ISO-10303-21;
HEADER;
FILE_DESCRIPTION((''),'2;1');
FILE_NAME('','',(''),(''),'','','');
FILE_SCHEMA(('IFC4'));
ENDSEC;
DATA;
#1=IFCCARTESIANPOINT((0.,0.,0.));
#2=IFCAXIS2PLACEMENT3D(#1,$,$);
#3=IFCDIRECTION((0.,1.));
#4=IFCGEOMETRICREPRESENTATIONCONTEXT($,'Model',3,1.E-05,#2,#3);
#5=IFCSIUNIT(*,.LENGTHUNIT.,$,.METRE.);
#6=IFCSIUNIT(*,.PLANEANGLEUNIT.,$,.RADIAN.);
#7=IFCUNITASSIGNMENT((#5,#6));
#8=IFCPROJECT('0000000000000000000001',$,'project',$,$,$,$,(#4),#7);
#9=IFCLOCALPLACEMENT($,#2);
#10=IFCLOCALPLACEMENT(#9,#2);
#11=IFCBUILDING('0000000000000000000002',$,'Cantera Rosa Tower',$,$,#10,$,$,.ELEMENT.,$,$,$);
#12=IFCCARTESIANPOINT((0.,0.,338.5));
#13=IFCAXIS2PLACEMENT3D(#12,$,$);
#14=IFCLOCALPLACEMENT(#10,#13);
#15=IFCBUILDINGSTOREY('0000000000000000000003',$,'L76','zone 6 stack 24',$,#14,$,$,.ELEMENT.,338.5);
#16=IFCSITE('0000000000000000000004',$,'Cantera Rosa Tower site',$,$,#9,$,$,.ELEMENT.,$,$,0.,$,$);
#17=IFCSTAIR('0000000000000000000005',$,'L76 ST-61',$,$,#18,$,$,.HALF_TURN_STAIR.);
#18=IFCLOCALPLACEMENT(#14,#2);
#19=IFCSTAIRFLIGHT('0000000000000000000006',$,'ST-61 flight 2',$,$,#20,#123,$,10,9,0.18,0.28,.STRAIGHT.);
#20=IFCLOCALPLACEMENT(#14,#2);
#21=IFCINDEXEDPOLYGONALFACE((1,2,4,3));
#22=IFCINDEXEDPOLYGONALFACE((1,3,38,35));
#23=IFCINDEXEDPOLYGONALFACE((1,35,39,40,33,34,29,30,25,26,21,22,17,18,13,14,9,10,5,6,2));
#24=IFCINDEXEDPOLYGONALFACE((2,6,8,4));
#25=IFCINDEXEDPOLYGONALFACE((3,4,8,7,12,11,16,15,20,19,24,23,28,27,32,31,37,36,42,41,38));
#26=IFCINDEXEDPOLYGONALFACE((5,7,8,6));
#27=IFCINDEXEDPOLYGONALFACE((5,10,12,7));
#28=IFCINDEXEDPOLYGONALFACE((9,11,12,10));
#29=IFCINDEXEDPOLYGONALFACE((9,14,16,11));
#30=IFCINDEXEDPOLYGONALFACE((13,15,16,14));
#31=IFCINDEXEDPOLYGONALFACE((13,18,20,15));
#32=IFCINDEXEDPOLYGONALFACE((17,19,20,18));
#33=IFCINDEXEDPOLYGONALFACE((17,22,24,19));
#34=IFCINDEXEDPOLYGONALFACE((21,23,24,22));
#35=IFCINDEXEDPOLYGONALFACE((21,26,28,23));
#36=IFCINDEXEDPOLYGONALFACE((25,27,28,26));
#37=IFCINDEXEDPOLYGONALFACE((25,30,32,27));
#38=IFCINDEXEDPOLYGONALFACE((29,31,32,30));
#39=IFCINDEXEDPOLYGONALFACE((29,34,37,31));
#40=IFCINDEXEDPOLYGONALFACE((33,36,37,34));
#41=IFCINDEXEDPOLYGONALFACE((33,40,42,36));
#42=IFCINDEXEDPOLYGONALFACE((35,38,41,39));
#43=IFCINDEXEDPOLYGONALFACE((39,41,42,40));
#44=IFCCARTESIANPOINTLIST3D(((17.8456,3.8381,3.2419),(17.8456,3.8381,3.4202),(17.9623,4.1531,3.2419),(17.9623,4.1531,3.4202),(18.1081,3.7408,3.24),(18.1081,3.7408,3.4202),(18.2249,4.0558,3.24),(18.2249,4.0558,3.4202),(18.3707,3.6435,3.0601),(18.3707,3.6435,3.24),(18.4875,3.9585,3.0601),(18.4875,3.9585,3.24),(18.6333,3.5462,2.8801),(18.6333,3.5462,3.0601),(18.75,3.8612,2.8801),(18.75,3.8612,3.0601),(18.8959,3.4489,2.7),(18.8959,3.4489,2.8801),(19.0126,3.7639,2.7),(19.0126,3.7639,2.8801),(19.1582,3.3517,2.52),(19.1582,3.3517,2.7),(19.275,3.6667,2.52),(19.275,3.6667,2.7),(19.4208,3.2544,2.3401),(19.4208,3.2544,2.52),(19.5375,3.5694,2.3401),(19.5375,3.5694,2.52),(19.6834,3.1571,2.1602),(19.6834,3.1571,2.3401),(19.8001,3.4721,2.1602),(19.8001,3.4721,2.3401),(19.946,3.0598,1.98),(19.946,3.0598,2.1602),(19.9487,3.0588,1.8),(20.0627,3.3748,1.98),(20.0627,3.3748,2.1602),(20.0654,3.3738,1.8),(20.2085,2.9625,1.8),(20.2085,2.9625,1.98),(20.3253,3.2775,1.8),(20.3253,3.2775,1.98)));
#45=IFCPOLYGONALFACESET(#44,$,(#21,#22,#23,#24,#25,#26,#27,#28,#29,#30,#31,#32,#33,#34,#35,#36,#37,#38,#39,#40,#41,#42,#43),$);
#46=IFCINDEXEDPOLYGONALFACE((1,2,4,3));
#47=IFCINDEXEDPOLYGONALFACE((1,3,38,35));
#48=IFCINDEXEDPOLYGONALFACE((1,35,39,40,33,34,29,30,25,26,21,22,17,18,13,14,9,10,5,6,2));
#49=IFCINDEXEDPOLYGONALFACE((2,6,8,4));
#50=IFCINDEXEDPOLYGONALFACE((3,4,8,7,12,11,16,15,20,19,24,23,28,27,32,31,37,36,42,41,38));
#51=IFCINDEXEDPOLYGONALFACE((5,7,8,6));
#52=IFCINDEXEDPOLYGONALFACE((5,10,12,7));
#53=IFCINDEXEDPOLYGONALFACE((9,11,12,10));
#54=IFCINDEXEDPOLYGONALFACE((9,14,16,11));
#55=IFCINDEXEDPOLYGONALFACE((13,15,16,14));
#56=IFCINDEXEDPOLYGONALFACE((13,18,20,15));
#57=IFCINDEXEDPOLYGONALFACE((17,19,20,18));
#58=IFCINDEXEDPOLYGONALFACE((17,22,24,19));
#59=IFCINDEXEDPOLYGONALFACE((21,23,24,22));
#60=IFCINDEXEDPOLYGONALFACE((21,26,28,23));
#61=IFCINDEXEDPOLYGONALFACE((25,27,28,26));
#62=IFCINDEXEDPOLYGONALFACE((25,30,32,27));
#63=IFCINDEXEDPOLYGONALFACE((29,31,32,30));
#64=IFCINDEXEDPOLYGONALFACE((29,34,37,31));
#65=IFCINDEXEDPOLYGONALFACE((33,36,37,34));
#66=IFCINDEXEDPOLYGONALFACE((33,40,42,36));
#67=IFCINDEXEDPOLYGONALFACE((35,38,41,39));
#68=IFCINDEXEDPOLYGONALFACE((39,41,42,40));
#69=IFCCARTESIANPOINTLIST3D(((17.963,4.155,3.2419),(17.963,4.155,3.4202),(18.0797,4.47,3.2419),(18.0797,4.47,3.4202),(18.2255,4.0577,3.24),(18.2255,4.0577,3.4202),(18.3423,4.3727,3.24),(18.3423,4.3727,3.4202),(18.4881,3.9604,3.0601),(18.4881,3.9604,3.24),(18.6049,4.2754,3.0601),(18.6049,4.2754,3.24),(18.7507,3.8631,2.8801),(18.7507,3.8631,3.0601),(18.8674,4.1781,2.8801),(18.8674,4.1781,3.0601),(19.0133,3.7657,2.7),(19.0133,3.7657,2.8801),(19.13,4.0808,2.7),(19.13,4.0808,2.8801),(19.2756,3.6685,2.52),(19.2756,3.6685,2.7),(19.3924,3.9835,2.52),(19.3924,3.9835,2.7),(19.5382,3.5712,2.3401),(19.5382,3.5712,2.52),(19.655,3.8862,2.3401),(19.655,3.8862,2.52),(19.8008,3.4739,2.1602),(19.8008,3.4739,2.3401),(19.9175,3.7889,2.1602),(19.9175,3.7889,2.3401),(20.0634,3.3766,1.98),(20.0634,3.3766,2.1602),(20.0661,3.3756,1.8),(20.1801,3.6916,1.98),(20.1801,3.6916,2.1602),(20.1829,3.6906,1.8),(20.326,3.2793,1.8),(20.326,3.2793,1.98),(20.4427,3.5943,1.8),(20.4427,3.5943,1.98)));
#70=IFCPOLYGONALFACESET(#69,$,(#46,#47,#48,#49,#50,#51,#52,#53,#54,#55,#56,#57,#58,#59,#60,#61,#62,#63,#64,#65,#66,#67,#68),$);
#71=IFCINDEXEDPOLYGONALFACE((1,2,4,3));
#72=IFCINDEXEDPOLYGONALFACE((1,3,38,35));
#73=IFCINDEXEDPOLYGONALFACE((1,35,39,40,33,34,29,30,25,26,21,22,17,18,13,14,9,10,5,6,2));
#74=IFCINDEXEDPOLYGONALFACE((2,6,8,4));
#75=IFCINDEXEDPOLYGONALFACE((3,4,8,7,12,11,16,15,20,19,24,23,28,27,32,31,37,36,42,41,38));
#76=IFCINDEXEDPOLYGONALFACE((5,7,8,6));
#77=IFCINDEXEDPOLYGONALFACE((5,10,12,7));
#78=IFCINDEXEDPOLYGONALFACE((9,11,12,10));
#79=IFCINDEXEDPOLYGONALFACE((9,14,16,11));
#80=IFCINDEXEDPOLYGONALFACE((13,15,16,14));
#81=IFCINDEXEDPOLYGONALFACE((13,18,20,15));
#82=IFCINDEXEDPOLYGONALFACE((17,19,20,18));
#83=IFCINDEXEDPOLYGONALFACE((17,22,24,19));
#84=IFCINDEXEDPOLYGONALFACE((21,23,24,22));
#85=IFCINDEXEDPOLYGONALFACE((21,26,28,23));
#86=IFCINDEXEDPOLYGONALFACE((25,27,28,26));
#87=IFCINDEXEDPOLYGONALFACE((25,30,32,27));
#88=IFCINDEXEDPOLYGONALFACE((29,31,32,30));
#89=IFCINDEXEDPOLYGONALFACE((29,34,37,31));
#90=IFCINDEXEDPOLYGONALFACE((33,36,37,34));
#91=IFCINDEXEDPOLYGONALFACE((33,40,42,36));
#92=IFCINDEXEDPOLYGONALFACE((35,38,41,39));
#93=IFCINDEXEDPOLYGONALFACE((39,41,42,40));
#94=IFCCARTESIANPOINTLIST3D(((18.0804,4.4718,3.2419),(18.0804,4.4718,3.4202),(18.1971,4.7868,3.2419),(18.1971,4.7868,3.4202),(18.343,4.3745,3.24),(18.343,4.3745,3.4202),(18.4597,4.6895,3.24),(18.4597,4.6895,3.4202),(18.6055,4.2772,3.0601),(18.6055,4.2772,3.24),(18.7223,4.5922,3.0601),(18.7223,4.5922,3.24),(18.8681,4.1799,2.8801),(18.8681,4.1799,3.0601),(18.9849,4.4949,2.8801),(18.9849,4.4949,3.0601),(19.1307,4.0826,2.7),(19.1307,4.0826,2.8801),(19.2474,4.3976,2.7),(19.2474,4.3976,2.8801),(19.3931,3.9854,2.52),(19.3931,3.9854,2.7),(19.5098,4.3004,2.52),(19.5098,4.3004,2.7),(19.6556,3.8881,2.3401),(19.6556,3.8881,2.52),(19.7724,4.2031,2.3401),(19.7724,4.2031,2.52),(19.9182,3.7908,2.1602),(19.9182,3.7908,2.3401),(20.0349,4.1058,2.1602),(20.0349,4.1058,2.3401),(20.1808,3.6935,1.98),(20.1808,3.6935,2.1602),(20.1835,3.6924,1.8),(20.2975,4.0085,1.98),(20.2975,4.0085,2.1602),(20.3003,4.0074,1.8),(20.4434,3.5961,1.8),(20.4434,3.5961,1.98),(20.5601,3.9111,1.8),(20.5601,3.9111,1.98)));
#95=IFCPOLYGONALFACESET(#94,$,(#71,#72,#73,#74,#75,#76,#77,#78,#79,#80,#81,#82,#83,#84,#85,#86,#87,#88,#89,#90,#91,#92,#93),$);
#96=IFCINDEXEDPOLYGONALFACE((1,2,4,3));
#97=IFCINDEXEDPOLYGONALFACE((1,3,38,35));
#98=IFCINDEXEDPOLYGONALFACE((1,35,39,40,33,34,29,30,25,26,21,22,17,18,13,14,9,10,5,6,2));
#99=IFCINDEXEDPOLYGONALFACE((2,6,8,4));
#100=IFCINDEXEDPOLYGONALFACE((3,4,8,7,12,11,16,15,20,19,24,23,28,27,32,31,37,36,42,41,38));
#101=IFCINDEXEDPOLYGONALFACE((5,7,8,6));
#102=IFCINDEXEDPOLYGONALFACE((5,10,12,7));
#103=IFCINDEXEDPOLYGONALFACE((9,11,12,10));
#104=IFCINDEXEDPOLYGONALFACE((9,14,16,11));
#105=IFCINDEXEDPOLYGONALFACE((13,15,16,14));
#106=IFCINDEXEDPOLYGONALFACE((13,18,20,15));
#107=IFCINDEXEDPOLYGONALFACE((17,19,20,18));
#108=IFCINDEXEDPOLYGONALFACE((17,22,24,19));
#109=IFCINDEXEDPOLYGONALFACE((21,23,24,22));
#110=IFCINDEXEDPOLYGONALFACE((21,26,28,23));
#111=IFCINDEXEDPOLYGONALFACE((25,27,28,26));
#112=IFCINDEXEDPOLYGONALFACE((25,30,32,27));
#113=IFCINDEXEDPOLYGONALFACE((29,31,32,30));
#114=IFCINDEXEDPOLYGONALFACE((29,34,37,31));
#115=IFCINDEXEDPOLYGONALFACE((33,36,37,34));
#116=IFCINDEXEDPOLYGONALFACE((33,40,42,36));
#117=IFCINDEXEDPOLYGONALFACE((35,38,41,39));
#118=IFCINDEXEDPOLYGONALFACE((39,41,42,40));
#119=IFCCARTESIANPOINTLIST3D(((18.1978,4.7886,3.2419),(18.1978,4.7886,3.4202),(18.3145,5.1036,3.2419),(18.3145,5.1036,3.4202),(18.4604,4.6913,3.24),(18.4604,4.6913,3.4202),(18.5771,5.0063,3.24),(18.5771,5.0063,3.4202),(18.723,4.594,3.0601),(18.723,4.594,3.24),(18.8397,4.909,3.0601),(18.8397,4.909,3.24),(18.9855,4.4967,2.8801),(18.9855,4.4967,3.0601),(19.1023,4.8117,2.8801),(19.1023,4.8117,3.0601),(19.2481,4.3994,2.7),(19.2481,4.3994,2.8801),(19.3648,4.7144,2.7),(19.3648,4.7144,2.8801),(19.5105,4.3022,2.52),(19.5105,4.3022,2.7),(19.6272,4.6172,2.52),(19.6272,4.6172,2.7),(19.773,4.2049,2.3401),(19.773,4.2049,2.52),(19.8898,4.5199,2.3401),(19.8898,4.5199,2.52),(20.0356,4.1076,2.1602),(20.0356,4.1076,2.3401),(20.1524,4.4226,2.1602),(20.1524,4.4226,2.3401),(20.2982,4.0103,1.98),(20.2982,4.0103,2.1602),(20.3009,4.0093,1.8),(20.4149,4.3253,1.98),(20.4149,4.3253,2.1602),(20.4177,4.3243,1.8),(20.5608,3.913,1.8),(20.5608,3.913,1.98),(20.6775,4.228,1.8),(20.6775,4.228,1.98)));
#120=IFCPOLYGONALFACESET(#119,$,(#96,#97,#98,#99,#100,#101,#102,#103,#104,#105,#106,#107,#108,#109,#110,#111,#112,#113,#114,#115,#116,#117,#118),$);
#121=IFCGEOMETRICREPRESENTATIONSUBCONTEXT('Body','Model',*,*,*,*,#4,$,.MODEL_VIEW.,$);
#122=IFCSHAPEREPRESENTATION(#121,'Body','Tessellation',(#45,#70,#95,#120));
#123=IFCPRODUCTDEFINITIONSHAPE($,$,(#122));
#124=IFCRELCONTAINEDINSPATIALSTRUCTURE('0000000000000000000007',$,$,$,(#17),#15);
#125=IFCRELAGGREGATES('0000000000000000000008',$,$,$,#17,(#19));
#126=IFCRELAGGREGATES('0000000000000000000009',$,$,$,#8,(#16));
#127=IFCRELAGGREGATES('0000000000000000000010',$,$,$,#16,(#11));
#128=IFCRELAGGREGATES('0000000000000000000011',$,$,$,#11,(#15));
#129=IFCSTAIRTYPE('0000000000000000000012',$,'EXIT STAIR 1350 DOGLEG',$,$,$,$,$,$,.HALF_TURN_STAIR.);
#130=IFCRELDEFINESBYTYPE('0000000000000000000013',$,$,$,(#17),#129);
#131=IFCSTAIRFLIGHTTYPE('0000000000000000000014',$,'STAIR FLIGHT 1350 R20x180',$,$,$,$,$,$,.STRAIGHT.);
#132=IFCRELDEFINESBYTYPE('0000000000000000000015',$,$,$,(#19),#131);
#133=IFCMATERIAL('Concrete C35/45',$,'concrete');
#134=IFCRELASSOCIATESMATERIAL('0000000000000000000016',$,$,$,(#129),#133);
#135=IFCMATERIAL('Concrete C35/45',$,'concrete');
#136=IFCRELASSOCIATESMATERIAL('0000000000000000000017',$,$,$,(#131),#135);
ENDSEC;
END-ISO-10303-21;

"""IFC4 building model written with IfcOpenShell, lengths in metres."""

from ifc_helpers import new_model, si_unit, direction, frame, origin, place, context, subcontext, project, spatial, polyline, outline, extrude, material, type_object, element, aggregate, save


model = new_model("IFC4")

# Units and contexts
model_context = context("Model", 3, precision=1e-05, world=origin(), true_north=direction((0.0, 1.0)))
body_context = subcontext(model_context, "Body", "Model", "MODEL_VIEW")
ifc_project = project(units=[si_unit("LENGTHUNIT", "METRE"), si_unit("PLANEANGLEUNIT", "RADIAN")], contexts=[model_context])

# Site, building, storey
site_placement = place(None, origin())
site = spatial("IfcSite", under=ifc_project, at=site_placement, Name="Cantera Rosa Tower site", CompositionType="ELEMENT", RefElevation=0.0)
building_placement = place(site_placement, origin())
building = spatial("IfcBuilding", under=site, at=building_placement, Name="Cantera Rosa Tower", CompositionType="ELEMENT")
storey_placement = place(building_placement, frame((0.0, 0.0, 338.5)))
storey = spatial("IfcBuildingStorey", under=building, at=storey_placement, Name="L76", Description="zone 6 stack 24", CompositionType="ELEMENT", Elevation=338.5)

# Stair, stair flight
ifc_material_1 = material(Name="Concrete C35/45", Category="concrete")
stair_type = type_object("IfcStairType", Name="EXIT STAIR 1350 DOGLEG", PredefinedType="HALF_TURN_STAIR", material=ifc_material_1)
stair_placement = place(storey_placement, origin())
stair = element("IfcStair", 1, at=stair_placement, inside=storey, type_object=stair_type, Name="L76 ST-61", PredefinedType="HALF_TURN_STAIR")
ifc_material_2 = material(Name="Concrete C35/45", Category="concrete")
stair_flight_type = type_object("IfcStairFlightType", Name="STAIR FLIGHT 1350 R20x180", PredefinedType="STRAIGHT", material=ifc_material_2)
stair_flight_1_placement = place(storey_placement, frame((20.4431, 3.5955, 1.8), z_axis=(0.0, 0.0, 1.0), x_axis=(-0.937687, 0.347481, 0.0)))
stair_flight_1 = element("IfcStairFlight", 2, at=stair_flight_1_placement, type_object=stair_flight_type, Name="ST-61 flight 2", NumberOfRisers=10, NumberOfTreads=9, PredefinedType="STRAIGHT", RiserHeight=0.18, TreadLength=0.28, context=body_context, shape_type="SweptSolid", body=[
    extrude(outline(polyline([(0.0, 0.0), (0.0, 0.1799), (0.28, 0.1799), (0.28, 0.3601), (0.5601, 0.3601), (0.5601, 0.54), (0.8401, 0.54), (0.8401, 0.72), (1.1201, 0.72), (1.1201, 0.8999), (1.3999, 0.8999), (1.3999, 1.0801), (1.6799, 1.0801), (1.6799, 1.26), (1.96, 1.26), (1.96, 1.4399), (2.24, 1.4399), (2.24, 1.6201), (2.52, 1.6201), (2.52, 1.8), (2.52, 1.4419), (0.2771, 0.0), (0.0, 0.0)])), frame((0.0, 0.675, 0.0), z_axis=(0.0, -1.0, 0.0), x_axis=(1.0, 0.0, 0.0)), (0.0, 0.0, 1.0), 0.3359),
    extrude(outline(polyline([(0.0, 0.0), (0.0, 0.1799), (0.28, 0.1799), (0.28, 0.3601), (0.5601, 0.3601), (0.5601, 0.54), (0.8401, 0.54), (0.8401, 0.72), (1.1201, 0.72), (1.1201, 0.8999), (1.3999, 0.8999), (1.3999, 1.0801), (1.6799, 1.0801), (1.6799, 1.26), (1.96, 1.26), (1.96, 1.4399), (2.24, 1.4399), (2.24, 1.6201), (2.52, 1.6201), (2.52, 1.8), (2.52, 1.4419), (0.2771, 0.0), (0.0, 0.0)])), frame((0.0, 0.3372, 0.0), z_axis=(0.0, -1.0, 0.0), x_axis=(1.0, 0.0, 0.0)), (0.0, 0.0, 1.0), 0.3359),
    extrude(outline(polyline([(0.0, 0.0), (0.0, 0.1799), (0.28, 0.1799), (0.28, 0.3601), (0.5601, 0.3601), (0.5601, 0.54), (0.8401, 0.54), (0.8401, 0.72), (1.1201, 0.72), (1.1201, 0.8999), (1.3999, 0.8999), (1.3999, 1.0801), (1.6799, 1.0801), (1.6799, 1.26), (1.96, 1.26), (1.96, 1.4399), (2.24, 1.4399), (2.24, 1.6201), (2.52, 1.6201), (2.52, 1.8), (2.52, 1.4419), (0.2771, 0.0), (0.0, 0.0)])), frame((0.0, -0.0007, 0.0), z_axis=(0.0, -1.0, 0.0), x_axis=(1.0, 0.0, 0.0)), (0.0, 0.0, 1.0), 0.3359),
    extrude(outline(polyline([(0.0, 0.0), (0.0, 0.1799), (0.28, 0.1799), (0.28, 0.3601), (0.5601, 0.3601), (0.5601, 0.54), (0.8401, 0.54), (0.8401, 0.72), (1.1201, 0.72), (1.1201, 0.8999), (1.3999, 0.8999), (1.3999, 1.0801), (1.6799, 1.0801), (1.6799, 1.26), (1.96, 1.26), (1.96, 1.4399), (2.24, 1.4399), (2.24, 1.6201), (2.52, 1.6201), (2.52, 1.8), (2.52, 1.4419), (0.2771, 0.0), (0.0, 0.0)])), frame((0.0, -0.3386, 0.0), z_axis=(0.0, -1.0, 0.0), x_axis=(1.0, 0.0, 0.0)), (0.0, 0.0, 1.0), 0.3359),
])
aggregate(stair, [stair_flight_1])

save(model, "model.ifc")
